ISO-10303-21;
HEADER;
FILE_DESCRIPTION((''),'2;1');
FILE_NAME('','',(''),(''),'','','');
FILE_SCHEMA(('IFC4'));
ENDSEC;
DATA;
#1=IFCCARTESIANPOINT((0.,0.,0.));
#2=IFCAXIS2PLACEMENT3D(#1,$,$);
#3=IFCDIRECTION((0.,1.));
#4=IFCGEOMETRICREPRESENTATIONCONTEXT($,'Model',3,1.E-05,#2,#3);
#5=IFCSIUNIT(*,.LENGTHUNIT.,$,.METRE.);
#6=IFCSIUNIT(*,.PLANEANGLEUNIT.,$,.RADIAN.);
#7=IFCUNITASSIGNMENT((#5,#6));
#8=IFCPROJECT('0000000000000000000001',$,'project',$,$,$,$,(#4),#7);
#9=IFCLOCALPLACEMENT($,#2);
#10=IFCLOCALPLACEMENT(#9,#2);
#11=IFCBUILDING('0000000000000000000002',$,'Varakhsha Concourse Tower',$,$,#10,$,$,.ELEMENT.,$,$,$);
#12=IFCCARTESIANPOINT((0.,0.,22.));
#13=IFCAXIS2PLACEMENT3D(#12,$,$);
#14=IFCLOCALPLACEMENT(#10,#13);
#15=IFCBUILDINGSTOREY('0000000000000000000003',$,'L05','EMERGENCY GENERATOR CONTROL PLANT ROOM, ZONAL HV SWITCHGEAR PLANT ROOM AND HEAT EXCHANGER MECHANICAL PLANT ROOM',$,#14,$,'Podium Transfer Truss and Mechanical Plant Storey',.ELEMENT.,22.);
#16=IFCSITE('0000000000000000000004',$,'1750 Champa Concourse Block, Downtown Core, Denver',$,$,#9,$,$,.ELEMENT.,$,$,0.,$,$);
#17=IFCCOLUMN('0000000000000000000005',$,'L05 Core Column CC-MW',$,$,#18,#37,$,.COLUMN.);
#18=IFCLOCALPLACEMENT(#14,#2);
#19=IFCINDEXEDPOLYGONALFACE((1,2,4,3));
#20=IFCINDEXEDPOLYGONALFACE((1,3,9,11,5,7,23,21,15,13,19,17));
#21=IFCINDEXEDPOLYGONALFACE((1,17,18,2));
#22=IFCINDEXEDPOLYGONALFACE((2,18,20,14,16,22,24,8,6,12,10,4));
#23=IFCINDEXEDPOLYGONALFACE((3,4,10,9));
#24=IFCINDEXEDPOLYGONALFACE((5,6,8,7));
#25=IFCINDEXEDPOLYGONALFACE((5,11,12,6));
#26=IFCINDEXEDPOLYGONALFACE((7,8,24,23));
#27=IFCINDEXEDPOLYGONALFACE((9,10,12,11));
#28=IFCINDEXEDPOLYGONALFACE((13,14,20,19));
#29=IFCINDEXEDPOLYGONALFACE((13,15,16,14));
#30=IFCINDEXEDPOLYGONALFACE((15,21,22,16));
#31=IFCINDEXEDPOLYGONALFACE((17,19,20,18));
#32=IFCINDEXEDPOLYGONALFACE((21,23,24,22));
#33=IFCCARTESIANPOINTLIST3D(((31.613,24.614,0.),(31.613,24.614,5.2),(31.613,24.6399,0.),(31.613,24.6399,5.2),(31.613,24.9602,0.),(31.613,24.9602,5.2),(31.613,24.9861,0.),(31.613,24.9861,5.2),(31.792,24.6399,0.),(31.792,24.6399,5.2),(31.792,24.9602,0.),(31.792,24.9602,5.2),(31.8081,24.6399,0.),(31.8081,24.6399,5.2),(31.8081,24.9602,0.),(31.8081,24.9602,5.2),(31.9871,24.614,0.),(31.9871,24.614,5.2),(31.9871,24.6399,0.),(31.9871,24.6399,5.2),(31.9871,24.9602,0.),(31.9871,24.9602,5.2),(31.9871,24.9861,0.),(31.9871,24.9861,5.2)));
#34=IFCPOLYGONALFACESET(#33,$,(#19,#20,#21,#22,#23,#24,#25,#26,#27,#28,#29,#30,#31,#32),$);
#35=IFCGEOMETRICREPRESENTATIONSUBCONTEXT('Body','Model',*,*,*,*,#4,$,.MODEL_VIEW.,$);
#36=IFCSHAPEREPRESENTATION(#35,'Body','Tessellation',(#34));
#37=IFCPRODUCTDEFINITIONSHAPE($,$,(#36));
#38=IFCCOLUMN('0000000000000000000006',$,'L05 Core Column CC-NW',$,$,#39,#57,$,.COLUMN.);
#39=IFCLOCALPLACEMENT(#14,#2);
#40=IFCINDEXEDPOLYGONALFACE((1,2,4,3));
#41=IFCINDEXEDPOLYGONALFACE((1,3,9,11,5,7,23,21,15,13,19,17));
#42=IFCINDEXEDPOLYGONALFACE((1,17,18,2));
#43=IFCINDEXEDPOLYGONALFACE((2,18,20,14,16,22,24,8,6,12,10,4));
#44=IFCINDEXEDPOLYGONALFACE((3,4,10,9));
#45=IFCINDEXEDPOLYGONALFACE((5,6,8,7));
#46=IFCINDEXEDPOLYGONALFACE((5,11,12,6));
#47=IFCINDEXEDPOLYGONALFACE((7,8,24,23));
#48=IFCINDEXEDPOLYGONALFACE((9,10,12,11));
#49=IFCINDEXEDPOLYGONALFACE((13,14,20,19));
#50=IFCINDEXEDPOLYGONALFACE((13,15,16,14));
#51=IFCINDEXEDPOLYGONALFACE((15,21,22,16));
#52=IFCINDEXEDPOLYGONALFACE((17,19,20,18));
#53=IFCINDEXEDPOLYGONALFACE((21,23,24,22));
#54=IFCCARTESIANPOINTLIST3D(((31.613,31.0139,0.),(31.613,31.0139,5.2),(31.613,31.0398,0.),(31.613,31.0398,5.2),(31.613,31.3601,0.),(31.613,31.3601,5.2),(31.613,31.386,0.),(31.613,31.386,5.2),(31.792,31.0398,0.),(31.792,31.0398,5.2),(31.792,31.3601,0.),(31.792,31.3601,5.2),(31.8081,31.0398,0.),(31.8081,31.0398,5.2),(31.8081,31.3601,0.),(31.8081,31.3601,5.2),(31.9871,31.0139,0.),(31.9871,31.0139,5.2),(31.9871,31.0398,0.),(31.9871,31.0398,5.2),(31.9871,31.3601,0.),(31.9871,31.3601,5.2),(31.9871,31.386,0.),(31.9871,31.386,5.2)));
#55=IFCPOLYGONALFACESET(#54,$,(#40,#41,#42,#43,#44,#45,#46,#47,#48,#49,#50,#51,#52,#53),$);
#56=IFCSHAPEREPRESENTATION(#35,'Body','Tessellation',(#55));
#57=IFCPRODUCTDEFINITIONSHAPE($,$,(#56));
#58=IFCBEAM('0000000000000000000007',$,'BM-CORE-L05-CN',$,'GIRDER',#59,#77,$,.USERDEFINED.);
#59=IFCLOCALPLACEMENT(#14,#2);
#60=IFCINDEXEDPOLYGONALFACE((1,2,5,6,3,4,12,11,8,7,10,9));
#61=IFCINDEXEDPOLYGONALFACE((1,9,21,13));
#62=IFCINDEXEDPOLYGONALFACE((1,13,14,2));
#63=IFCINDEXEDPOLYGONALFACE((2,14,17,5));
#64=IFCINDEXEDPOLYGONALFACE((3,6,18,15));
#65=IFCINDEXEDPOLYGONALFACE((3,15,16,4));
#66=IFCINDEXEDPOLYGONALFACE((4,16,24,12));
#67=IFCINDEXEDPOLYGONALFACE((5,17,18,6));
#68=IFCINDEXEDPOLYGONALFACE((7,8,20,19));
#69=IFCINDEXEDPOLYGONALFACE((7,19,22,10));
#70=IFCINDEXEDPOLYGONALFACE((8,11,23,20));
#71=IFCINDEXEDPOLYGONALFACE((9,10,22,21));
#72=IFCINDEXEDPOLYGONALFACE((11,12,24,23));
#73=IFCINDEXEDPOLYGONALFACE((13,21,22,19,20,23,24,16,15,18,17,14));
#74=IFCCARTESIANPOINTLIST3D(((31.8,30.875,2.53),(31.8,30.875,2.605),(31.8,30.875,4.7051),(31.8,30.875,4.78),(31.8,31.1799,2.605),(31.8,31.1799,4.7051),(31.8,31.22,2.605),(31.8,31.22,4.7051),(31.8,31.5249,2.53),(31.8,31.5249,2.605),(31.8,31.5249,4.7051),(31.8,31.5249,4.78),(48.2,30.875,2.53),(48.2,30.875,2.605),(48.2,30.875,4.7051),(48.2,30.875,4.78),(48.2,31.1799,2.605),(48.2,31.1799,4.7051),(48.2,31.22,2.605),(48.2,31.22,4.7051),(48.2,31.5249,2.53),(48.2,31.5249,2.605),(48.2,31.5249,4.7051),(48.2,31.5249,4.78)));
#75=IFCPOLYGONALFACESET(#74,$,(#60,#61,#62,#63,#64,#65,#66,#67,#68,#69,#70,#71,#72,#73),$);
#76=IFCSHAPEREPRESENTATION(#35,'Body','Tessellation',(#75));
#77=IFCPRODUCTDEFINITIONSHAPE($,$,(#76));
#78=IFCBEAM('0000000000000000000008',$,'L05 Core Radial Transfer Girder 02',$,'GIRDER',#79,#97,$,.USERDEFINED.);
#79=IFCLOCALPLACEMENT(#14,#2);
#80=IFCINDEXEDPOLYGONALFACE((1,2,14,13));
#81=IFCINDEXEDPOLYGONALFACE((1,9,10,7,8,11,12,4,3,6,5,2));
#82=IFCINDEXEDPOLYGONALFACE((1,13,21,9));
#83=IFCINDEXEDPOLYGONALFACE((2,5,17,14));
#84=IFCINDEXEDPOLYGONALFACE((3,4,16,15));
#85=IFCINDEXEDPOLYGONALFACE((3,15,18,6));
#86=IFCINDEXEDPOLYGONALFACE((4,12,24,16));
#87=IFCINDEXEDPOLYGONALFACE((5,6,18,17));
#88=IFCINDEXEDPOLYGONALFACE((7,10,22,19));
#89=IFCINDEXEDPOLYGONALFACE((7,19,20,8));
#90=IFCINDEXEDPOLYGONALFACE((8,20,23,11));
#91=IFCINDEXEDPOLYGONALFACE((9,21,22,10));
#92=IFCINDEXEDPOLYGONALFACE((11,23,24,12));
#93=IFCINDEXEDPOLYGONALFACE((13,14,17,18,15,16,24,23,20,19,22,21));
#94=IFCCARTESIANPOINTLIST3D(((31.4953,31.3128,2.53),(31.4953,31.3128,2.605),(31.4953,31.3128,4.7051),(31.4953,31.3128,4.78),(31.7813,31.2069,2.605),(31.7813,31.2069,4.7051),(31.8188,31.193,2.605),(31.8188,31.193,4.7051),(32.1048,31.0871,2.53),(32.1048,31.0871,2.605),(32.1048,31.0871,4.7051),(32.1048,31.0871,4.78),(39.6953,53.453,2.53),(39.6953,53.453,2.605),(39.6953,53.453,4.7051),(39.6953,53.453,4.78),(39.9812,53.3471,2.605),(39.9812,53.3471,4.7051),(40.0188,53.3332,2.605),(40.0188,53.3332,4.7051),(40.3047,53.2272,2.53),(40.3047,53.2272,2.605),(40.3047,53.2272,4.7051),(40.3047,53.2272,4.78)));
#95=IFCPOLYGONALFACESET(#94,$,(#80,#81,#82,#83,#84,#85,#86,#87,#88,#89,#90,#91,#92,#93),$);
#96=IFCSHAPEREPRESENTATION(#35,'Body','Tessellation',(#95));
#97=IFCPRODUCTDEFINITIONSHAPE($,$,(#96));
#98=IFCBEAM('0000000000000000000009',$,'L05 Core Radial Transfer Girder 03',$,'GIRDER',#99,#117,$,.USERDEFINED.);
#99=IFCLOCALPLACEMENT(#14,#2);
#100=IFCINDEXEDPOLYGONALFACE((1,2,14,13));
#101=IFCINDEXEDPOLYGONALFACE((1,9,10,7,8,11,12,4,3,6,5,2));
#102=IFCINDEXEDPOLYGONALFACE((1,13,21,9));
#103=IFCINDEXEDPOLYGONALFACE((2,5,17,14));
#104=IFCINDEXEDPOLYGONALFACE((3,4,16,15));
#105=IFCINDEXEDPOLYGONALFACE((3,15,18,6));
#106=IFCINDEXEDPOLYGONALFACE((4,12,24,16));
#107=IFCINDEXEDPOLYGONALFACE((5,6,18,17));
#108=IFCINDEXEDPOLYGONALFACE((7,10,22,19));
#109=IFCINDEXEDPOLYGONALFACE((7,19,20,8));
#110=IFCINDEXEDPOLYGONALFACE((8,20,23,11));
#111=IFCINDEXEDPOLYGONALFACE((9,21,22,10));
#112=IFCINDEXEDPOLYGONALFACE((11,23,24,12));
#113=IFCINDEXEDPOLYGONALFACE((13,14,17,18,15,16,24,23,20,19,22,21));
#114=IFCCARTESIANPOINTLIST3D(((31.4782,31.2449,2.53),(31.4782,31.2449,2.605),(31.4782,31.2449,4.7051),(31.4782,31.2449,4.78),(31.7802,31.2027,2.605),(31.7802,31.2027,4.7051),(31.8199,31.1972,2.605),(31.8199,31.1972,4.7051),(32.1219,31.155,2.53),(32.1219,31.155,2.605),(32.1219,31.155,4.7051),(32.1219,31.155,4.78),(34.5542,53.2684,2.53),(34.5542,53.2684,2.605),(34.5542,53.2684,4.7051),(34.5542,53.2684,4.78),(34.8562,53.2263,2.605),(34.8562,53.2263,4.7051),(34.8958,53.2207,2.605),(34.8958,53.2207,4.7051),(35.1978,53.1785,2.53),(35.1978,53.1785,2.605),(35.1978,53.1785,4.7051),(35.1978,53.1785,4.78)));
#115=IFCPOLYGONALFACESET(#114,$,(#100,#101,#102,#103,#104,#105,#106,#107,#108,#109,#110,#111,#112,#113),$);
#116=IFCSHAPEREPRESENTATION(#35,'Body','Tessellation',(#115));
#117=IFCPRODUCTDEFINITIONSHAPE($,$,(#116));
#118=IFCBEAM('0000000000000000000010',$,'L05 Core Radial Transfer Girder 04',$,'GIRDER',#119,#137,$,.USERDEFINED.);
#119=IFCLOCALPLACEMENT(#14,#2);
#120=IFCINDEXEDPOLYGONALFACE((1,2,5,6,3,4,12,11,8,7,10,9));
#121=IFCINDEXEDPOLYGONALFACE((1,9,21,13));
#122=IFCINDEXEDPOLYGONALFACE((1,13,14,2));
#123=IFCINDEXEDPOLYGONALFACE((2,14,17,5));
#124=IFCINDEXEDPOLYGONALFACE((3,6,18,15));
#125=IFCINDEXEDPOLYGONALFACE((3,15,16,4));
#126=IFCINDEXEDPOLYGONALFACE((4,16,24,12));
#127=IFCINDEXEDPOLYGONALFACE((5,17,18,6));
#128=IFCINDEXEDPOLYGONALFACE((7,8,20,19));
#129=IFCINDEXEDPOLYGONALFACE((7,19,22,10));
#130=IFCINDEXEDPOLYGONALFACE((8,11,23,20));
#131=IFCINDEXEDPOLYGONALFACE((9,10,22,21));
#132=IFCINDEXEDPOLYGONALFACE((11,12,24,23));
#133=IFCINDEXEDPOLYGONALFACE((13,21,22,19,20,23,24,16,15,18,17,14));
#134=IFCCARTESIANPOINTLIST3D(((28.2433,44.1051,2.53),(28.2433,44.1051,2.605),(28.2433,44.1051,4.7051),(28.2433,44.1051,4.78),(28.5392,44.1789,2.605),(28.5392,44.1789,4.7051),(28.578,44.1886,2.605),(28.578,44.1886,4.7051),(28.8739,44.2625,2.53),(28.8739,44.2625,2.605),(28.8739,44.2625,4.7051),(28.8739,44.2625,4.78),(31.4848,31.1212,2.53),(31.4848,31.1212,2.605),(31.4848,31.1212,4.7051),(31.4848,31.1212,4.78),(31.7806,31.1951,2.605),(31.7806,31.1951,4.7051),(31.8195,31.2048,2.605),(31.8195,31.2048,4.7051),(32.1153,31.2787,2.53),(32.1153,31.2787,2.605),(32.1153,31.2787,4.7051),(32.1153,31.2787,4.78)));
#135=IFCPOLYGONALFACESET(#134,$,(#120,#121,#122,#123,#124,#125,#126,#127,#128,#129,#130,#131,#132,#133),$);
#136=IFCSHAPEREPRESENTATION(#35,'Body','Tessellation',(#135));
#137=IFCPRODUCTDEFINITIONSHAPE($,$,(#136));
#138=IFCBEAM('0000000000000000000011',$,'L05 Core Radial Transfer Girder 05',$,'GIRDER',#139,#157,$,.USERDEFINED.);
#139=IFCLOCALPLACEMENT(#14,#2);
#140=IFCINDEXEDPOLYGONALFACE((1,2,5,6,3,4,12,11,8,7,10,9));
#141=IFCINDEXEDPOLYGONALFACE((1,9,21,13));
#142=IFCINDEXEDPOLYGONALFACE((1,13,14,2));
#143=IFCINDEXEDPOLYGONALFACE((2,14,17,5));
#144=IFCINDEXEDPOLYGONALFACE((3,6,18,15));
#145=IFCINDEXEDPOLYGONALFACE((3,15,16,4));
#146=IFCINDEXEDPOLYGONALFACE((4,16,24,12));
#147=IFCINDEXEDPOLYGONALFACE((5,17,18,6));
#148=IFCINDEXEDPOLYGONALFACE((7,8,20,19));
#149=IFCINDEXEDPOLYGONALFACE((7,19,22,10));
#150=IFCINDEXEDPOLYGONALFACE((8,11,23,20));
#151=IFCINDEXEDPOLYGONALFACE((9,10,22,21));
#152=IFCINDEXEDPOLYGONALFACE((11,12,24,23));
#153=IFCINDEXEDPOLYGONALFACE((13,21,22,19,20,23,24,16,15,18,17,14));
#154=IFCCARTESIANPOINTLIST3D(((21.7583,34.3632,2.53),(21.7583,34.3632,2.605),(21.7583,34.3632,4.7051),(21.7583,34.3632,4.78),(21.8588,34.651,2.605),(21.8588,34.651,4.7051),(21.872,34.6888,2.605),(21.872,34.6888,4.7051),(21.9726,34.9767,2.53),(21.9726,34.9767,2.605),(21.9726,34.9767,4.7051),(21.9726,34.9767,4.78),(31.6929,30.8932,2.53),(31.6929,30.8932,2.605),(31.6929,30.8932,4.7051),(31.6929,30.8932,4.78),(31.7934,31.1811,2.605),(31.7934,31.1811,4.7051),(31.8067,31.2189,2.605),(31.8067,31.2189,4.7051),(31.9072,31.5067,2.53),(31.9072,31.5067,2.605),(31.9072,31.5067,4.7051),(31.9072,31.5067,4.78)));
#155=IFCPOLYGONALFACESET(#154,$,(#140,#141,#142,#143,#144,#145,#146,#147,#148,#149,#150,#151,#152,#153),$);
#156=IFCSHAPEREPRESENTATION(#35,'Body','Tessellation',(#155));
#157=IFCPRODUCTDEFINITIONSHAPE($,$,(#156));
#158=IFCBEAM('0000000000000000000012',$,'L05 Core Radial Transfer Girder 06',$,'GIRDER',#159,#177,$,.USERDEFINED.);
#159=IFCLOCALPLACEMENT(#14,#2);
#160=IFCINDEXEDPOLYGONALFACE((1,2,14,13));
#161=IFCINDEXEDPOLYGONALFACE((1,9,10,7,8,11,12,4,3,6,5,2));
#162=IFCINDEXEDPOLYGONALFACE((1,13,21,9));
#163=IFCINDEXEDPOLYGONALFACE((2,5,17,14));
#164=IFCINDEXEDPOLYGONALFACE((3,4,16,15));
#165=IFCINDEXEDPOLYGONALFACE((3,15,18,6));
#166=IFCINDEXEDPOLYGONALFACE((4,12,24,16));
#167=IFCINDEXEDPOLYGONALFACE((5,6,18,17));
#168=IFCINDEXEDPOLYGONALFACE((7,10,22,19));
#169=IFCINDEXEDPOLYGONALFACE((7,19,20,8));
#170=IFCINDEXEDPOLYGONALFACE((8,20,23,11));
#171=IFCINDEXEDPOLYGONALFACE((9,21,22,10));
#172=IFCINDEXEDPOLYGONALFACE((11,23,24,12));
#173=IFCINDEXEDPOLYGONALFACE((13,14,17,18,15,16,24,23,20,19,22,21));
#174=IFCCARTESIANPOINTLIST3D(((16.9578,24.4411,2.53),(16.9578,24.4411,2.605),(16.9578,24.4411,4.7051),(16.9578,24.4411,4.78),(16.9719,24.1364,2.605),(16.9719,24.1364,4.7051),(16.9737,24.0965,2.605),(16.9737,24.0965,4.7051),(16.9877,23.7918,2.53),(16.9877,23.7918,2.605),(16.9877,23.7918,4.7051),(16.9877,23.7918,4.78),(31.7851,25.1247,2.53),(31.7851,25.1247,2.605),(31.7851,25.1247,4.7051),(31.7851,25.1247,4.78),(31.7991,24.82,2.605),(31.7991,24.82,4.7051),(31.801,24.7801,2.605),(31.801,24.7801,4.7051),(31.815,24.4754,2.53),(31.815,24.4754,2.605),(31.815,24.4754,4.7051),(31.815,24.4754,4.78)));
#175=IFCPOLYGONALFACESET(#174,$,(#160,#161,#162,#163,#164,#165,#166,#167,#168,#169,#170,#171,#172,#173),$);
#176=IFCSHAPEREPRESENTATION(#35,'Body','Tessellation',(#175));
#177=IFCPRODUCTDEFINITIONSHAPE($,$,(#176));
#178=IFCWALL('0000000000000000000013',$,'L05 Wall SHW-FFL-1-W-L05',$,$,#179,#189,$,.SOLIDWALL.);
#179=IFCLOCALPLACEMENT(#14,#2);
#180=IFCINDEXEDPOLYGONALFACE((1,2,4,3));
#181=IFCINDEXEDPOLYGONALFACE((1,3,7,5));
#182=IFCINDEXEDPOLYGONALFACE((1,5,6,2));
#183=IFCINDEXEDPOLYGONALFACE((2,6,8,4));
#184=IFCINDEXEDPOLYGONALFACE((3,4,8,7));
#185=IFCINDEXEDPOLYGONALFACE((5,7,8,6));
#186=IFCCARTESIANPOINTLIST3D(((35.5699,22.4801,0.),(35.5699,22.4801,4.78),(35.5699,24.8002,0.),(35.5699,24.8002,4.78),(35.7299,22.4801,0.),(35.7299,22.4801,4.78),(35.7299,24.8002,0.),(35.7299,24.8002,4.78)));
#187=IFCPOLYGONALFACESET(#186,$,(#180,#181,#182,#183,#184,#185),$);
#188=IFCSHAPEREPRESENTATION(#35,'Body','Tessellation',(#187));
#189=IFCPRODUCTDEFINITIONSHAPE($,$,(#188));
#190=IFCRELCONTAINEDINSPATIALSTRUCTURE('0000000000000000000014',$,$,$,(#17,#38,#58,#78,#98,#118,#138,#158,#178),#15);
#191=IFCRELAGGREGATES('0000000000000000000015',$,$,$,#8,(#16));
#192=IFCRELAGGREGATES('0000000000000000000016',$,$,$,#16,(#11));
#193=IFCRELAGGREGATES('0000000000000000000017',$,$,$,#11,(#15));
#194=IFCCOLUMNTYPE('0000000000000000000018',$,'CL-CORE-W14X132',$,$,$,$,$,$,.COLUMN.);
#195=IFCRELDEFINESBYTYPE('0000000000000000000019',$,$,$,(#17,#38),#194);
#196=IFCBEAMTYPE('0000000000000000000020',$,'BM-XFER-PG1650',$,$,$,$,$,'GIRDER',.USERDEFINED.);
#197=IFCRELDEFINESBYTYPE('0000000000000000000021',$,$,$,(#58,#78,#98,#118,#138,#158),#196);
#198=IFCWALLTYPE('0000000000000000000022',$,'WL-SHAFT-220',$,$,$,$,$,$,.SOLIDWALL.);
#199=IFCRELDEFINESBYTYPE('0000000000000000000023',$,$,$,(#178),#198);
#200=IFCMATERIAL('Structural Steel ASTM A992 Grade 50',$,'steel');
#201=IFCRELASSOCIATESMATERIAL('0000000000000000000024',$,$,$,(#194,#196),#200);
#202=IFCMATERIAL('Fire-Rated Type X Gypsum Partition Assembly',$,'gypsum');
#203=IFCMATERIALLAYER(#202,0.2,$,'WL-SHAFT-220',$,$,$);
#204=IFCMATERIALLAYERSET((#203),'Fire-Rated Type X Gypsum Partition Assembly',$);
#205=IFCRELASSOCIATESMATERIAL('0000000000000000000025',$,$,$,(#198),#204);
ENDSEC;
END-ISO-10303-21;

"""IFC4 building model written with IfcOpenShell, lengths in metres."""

from ifc_helpers import new_model, si_unit, direction, frame, frame_2d, origin, origin_2d, place, context, subcontext, project, spatial, rectangle, i_section, extrude, material, layer, layer_set, material_profile, profile_set, type_object, element, save


model = new_model("IFC4")

# Units and contexts
model_context = context("Model", 3, precision=1e-05, world=origin(), true_north=direction((0.0, 1.0)))
body_context = subcontext(model_context, "Body", "Model", "MODEL_VIEW")
ifc_project = project(units=[si_unit("LENGTHUNIT", "METRE"), si_unit("PLANEANGLEUNIT", "RADIAN")], contexts=[model_context])

# Site, building, storey
site_placement = place(None, origin())
site = spatial("IfcSite", under=ifc_project, at=site_placement, Name="1750 Champa Concourse Block, Downtown Core, Denver", CompositionType="ELEMENT", RefElevation=0.0)
building_placement = place(site_placement, origin())
building = spatial("IfcBuilding", under=site, at=building_placement, Name="Varakhsha Concourse Tower", CompositionType="ELEMENT")
storey_placement = place(building_placement, frame((0.0, 0.0, 22.0)))
storey = spatial("IfcBuildingStorey", under=building, at=storey_placement, Name="L05", Description="EMERGENCY GENERATOR CONTROL PLANT ROOM, ZONAL HV SWITCHGEAR PLANT ROOM AND HEAT EXCHANGER MECHANICAL PLANT ROOM", LongName="Podium Transfer Truss and Mechanical Plant Storey", CompositionType="ELEMENT", Elevation=22.0)

# Columns
ifc_material_1 = material(Name="Structural Steel ASTM A992 Grade 50", Category="steel")
ifc_material_profile_1 = material_profile(ifc_material_1, i_section(OverallWidth=0.374, OverallDepth=0.3721, WebThickness=0.0161, FlangeThickness=0.0259, at=origin_2d()), Name="W14X132")
ifc_profile_set_1 = profile_set([ifc_material_profile_1], Name="Structural Steel ASTM A992 Grade 50")
column_type = type_object("IfcColumnType", Name="CL-CORE-W14X132", PredefinedType="COLUMN", material=ifc_profile_set_1)
for number, where, z_axis, x_axis, name in (
    (1, (31.8, 24.8, 0.0), (0.0, 0.0, 1.0), (1.0, 0.0, 0.0), "L05 Core Column CC-MW"),
    (2, (31.8, 31.2, 0.0), (0.0, 0.0, 1.0), (1.0, 0.0, 0.0), "L05 Core Column CC-NW"),
):
    element("IfcColumn", number, at=place(storey_placement, frame(where, z_axis=z_axis, x_axis=x_axis)), inside=storey, type_object=column_type, Name=name, PredefinedType="COLUMN", context=body_context, shape_type="SweptSolid", body=[
        extrude(i_section(OverallWidth=0.374, OverallDepth=0.3721, WebThickness=0.0161, FlangeThickness=0.0259, at=origin_2d()), origin(), (0.0, 0.0, 1.0), 5.2),
    ])

# Beams
ifc_material_profile_2 = material_profile(ifc_material_1, i_section(OverallWidth=0.6499, OverallDepth=2.25, WebThickness=0.04, FlangeThickness=0.075, at=origin_2d()), Name="PG 2250x650x75x40")
ifc_profile_set_2 = profile_set([ifc_material_profile_2], Name="Structural Steel ASTM A992 Grade 50")
beam_type = type_object("IfcBeamType", Name="BM-XFER-PG1650", ElementType="GIRDER", PredefinedType="USERDEFINED", material=ifc_profile_set_2)
beam_1_placement = place(storey_placement, frame((31.8, 31.2, 3.655), z_axis=(1.0, 0.0, 0.0), x_axis=(0.0, 1.0, 0.0)))
element("IfcBeam", 3, at=beam_1_placement, inside=storey, type_object=beam_type, Name="BM-CORE-L05-CN", ObjectType="GIRDER", PredefinedType="USERDEFINED", context=body_context, shape_type="SweptSolid", body=[
    extrude(i_section(OverallWidth=0.6499, OverallDepth=2.25, WebThickness=0.04, FlangeThickness=0.075, at=origin_2d()), origin(), (0.0, 0.0, 1.0), 16.3999),
])
beam_2_placement = place(storey_placement, frame((31.8, 31.2, 3.655), z_axis=(0.347311, 0.93775, 0.0), x_axis=(-0.93775, 0.347311, 0.0)))
element("IfcBeam", 4, at=beam_2_placement, inside=storey, type_object=beam_type, Name="L05 Core Radial Transfer Girder 02", ObjectType="GIRDER", PredefinedType="USERDEFINED", context=body_context, shape_type="SweptSolid", body=[
    extrude(i_section(OverallWidth=0.6499, OverallDepth=2.25, WebThickness=0.04, FlangeThickness=0.075, at=origin_2d()), origin(), (0.0, 0.0, 1.0), 23.6099),
])
beam_3_placement = place(storey_placement, frame((31.8, 31.2, 3.655), z_axis=(0.138324, 0.990387, 0.0), x_axis=(-0.990387, 0.138324, 0.0)))
element("IfcBeam", 5, at=beam_3_placement, inside=storey, type_object=beam_type, Name="L05 Core Radial Transfer Girder 03", ObjectType="GIRDER", PredefinedType="USERDEFINED", context=body_context, shape_type="SweptSolid", body=[
    extrude(i_section(OverallWidth=0.6499, OverallDepth=2.25, WebThickness=0.04, FlangeThickness=0.075, at=origin_2d()), origin(), (0.0, 0.0, 1.0), 22.2373),
])
beam_4_placement = place(storey_placement, frame((31.8, 31.2, 3.655), z_axis=(-0.242218, 0.970222, 0.0), x_axis=(-0.970222, -0.242218, 0.0)))
element("IfcBeam", 6, at=beam_4_placement, inside=storey, type_object=beam_type, Name="L05 Core Radial Transfer Girder 04", ObjectType="GIRDER", PredefinedType="USERDEFINED", context=body_context, shape_type="SweptSolid", body=[
    extrude(i_section(OverallWidth=0.6499, OverallDepth=2.25, WebThickness=0.04, FlangeThickness=0.075, at=origin_2d()), origin(), (0.0, 0.0, 1.0), 13.3823),
])
beam_5_placement = place(storey_placement, frame((31.8, 31.2, 3.655), z_axis=(-0.944069, 0.329747, 0.0), x_axis=(-0.329747, -0.944069, 0.0)))
element("IfcBeam", 7, at=beam_5_placement, inside=storey, type_object=beam_type, Name="L05 Core Radial Transfer Girder 05", ObjectType="GIRDER", PredefinedType="USERDEFINED", context=body_context, shape_type="SweptSolid", body=[
    extrude(i_section(OverallWidth=0.6499, OverallDepth=2.25, WebThickness=0.04, FlangeThickness=0.075, at=origin_2d()), origin(), (0.0, 0.0, 1.0), 10.5232),
])
beam_6_placement = place(storey_placement, frame((31.8, 24.8, 3.655), z_axis=(-0.998939, -0.046055, 0.0), x_axis=(0.046055, -0.998939, 0.0)))
element("IfcBeam", 8, at=beam_6_placement, inside=storey, type_object=beam_type, Name="L05 Core Radial Transfer Girder 06", ObjectType="GIRDER", PredefinedType="USERDEFINED", context=body_context, shape_type="SweptSolid", body=[
    extrude(i_section(OverallWidth=0.6499, OverallDepth=2.25, WebThickness=0.04, FlangeThickness=0.075, at=origin_2d()), origin(), (0.0, 0.0, 1.0), 14.843),
])

# Wall
ifc_material_2 = material(Name="Fire-Rated Type X Gypsum Partition Assembly", Category="gypsum")
ifc_layer_1 = layer(ifc_material_2, 0.2, Name="WL-SHAFT-220")
ifc_layer_set_1 = layer_set([ifc_layer_1], Name="Fire-Rated Type X Gypsum Partition Assembly")
wall_type_1 = type_object("IfcWallType", Name="WL-SHAFT-220", PredefinedType="SOLIDWALL", material=ifc_layer_set_1)
for number, where, z_axis, x_axis, name in (
    (9, (35.6499, 22.48, 0.0), (0.0, 0.0, 1.0), (0.0, 1.0, 0.0), "L05 Wall SHW-FFL-1-W-L05"),
):
    element("IfcWall", number, at=place(storey_placement, frame(where, z_axis=z_axis, x_axis=x_axis)), inside=storey, type_object=wall_type_1, Name=name, PredefinedType="SOLIDWALL", context=body_context, shape_type="SweptSolid", body=[
        extrude(rectangle(XDim=2.3201, YDim=0.1599, at=frame_2d((1.1602, 0.0))), origin(), (0.0, 0.0, 1.0), 4.78),
    ])

save(model, "model.ifc")
